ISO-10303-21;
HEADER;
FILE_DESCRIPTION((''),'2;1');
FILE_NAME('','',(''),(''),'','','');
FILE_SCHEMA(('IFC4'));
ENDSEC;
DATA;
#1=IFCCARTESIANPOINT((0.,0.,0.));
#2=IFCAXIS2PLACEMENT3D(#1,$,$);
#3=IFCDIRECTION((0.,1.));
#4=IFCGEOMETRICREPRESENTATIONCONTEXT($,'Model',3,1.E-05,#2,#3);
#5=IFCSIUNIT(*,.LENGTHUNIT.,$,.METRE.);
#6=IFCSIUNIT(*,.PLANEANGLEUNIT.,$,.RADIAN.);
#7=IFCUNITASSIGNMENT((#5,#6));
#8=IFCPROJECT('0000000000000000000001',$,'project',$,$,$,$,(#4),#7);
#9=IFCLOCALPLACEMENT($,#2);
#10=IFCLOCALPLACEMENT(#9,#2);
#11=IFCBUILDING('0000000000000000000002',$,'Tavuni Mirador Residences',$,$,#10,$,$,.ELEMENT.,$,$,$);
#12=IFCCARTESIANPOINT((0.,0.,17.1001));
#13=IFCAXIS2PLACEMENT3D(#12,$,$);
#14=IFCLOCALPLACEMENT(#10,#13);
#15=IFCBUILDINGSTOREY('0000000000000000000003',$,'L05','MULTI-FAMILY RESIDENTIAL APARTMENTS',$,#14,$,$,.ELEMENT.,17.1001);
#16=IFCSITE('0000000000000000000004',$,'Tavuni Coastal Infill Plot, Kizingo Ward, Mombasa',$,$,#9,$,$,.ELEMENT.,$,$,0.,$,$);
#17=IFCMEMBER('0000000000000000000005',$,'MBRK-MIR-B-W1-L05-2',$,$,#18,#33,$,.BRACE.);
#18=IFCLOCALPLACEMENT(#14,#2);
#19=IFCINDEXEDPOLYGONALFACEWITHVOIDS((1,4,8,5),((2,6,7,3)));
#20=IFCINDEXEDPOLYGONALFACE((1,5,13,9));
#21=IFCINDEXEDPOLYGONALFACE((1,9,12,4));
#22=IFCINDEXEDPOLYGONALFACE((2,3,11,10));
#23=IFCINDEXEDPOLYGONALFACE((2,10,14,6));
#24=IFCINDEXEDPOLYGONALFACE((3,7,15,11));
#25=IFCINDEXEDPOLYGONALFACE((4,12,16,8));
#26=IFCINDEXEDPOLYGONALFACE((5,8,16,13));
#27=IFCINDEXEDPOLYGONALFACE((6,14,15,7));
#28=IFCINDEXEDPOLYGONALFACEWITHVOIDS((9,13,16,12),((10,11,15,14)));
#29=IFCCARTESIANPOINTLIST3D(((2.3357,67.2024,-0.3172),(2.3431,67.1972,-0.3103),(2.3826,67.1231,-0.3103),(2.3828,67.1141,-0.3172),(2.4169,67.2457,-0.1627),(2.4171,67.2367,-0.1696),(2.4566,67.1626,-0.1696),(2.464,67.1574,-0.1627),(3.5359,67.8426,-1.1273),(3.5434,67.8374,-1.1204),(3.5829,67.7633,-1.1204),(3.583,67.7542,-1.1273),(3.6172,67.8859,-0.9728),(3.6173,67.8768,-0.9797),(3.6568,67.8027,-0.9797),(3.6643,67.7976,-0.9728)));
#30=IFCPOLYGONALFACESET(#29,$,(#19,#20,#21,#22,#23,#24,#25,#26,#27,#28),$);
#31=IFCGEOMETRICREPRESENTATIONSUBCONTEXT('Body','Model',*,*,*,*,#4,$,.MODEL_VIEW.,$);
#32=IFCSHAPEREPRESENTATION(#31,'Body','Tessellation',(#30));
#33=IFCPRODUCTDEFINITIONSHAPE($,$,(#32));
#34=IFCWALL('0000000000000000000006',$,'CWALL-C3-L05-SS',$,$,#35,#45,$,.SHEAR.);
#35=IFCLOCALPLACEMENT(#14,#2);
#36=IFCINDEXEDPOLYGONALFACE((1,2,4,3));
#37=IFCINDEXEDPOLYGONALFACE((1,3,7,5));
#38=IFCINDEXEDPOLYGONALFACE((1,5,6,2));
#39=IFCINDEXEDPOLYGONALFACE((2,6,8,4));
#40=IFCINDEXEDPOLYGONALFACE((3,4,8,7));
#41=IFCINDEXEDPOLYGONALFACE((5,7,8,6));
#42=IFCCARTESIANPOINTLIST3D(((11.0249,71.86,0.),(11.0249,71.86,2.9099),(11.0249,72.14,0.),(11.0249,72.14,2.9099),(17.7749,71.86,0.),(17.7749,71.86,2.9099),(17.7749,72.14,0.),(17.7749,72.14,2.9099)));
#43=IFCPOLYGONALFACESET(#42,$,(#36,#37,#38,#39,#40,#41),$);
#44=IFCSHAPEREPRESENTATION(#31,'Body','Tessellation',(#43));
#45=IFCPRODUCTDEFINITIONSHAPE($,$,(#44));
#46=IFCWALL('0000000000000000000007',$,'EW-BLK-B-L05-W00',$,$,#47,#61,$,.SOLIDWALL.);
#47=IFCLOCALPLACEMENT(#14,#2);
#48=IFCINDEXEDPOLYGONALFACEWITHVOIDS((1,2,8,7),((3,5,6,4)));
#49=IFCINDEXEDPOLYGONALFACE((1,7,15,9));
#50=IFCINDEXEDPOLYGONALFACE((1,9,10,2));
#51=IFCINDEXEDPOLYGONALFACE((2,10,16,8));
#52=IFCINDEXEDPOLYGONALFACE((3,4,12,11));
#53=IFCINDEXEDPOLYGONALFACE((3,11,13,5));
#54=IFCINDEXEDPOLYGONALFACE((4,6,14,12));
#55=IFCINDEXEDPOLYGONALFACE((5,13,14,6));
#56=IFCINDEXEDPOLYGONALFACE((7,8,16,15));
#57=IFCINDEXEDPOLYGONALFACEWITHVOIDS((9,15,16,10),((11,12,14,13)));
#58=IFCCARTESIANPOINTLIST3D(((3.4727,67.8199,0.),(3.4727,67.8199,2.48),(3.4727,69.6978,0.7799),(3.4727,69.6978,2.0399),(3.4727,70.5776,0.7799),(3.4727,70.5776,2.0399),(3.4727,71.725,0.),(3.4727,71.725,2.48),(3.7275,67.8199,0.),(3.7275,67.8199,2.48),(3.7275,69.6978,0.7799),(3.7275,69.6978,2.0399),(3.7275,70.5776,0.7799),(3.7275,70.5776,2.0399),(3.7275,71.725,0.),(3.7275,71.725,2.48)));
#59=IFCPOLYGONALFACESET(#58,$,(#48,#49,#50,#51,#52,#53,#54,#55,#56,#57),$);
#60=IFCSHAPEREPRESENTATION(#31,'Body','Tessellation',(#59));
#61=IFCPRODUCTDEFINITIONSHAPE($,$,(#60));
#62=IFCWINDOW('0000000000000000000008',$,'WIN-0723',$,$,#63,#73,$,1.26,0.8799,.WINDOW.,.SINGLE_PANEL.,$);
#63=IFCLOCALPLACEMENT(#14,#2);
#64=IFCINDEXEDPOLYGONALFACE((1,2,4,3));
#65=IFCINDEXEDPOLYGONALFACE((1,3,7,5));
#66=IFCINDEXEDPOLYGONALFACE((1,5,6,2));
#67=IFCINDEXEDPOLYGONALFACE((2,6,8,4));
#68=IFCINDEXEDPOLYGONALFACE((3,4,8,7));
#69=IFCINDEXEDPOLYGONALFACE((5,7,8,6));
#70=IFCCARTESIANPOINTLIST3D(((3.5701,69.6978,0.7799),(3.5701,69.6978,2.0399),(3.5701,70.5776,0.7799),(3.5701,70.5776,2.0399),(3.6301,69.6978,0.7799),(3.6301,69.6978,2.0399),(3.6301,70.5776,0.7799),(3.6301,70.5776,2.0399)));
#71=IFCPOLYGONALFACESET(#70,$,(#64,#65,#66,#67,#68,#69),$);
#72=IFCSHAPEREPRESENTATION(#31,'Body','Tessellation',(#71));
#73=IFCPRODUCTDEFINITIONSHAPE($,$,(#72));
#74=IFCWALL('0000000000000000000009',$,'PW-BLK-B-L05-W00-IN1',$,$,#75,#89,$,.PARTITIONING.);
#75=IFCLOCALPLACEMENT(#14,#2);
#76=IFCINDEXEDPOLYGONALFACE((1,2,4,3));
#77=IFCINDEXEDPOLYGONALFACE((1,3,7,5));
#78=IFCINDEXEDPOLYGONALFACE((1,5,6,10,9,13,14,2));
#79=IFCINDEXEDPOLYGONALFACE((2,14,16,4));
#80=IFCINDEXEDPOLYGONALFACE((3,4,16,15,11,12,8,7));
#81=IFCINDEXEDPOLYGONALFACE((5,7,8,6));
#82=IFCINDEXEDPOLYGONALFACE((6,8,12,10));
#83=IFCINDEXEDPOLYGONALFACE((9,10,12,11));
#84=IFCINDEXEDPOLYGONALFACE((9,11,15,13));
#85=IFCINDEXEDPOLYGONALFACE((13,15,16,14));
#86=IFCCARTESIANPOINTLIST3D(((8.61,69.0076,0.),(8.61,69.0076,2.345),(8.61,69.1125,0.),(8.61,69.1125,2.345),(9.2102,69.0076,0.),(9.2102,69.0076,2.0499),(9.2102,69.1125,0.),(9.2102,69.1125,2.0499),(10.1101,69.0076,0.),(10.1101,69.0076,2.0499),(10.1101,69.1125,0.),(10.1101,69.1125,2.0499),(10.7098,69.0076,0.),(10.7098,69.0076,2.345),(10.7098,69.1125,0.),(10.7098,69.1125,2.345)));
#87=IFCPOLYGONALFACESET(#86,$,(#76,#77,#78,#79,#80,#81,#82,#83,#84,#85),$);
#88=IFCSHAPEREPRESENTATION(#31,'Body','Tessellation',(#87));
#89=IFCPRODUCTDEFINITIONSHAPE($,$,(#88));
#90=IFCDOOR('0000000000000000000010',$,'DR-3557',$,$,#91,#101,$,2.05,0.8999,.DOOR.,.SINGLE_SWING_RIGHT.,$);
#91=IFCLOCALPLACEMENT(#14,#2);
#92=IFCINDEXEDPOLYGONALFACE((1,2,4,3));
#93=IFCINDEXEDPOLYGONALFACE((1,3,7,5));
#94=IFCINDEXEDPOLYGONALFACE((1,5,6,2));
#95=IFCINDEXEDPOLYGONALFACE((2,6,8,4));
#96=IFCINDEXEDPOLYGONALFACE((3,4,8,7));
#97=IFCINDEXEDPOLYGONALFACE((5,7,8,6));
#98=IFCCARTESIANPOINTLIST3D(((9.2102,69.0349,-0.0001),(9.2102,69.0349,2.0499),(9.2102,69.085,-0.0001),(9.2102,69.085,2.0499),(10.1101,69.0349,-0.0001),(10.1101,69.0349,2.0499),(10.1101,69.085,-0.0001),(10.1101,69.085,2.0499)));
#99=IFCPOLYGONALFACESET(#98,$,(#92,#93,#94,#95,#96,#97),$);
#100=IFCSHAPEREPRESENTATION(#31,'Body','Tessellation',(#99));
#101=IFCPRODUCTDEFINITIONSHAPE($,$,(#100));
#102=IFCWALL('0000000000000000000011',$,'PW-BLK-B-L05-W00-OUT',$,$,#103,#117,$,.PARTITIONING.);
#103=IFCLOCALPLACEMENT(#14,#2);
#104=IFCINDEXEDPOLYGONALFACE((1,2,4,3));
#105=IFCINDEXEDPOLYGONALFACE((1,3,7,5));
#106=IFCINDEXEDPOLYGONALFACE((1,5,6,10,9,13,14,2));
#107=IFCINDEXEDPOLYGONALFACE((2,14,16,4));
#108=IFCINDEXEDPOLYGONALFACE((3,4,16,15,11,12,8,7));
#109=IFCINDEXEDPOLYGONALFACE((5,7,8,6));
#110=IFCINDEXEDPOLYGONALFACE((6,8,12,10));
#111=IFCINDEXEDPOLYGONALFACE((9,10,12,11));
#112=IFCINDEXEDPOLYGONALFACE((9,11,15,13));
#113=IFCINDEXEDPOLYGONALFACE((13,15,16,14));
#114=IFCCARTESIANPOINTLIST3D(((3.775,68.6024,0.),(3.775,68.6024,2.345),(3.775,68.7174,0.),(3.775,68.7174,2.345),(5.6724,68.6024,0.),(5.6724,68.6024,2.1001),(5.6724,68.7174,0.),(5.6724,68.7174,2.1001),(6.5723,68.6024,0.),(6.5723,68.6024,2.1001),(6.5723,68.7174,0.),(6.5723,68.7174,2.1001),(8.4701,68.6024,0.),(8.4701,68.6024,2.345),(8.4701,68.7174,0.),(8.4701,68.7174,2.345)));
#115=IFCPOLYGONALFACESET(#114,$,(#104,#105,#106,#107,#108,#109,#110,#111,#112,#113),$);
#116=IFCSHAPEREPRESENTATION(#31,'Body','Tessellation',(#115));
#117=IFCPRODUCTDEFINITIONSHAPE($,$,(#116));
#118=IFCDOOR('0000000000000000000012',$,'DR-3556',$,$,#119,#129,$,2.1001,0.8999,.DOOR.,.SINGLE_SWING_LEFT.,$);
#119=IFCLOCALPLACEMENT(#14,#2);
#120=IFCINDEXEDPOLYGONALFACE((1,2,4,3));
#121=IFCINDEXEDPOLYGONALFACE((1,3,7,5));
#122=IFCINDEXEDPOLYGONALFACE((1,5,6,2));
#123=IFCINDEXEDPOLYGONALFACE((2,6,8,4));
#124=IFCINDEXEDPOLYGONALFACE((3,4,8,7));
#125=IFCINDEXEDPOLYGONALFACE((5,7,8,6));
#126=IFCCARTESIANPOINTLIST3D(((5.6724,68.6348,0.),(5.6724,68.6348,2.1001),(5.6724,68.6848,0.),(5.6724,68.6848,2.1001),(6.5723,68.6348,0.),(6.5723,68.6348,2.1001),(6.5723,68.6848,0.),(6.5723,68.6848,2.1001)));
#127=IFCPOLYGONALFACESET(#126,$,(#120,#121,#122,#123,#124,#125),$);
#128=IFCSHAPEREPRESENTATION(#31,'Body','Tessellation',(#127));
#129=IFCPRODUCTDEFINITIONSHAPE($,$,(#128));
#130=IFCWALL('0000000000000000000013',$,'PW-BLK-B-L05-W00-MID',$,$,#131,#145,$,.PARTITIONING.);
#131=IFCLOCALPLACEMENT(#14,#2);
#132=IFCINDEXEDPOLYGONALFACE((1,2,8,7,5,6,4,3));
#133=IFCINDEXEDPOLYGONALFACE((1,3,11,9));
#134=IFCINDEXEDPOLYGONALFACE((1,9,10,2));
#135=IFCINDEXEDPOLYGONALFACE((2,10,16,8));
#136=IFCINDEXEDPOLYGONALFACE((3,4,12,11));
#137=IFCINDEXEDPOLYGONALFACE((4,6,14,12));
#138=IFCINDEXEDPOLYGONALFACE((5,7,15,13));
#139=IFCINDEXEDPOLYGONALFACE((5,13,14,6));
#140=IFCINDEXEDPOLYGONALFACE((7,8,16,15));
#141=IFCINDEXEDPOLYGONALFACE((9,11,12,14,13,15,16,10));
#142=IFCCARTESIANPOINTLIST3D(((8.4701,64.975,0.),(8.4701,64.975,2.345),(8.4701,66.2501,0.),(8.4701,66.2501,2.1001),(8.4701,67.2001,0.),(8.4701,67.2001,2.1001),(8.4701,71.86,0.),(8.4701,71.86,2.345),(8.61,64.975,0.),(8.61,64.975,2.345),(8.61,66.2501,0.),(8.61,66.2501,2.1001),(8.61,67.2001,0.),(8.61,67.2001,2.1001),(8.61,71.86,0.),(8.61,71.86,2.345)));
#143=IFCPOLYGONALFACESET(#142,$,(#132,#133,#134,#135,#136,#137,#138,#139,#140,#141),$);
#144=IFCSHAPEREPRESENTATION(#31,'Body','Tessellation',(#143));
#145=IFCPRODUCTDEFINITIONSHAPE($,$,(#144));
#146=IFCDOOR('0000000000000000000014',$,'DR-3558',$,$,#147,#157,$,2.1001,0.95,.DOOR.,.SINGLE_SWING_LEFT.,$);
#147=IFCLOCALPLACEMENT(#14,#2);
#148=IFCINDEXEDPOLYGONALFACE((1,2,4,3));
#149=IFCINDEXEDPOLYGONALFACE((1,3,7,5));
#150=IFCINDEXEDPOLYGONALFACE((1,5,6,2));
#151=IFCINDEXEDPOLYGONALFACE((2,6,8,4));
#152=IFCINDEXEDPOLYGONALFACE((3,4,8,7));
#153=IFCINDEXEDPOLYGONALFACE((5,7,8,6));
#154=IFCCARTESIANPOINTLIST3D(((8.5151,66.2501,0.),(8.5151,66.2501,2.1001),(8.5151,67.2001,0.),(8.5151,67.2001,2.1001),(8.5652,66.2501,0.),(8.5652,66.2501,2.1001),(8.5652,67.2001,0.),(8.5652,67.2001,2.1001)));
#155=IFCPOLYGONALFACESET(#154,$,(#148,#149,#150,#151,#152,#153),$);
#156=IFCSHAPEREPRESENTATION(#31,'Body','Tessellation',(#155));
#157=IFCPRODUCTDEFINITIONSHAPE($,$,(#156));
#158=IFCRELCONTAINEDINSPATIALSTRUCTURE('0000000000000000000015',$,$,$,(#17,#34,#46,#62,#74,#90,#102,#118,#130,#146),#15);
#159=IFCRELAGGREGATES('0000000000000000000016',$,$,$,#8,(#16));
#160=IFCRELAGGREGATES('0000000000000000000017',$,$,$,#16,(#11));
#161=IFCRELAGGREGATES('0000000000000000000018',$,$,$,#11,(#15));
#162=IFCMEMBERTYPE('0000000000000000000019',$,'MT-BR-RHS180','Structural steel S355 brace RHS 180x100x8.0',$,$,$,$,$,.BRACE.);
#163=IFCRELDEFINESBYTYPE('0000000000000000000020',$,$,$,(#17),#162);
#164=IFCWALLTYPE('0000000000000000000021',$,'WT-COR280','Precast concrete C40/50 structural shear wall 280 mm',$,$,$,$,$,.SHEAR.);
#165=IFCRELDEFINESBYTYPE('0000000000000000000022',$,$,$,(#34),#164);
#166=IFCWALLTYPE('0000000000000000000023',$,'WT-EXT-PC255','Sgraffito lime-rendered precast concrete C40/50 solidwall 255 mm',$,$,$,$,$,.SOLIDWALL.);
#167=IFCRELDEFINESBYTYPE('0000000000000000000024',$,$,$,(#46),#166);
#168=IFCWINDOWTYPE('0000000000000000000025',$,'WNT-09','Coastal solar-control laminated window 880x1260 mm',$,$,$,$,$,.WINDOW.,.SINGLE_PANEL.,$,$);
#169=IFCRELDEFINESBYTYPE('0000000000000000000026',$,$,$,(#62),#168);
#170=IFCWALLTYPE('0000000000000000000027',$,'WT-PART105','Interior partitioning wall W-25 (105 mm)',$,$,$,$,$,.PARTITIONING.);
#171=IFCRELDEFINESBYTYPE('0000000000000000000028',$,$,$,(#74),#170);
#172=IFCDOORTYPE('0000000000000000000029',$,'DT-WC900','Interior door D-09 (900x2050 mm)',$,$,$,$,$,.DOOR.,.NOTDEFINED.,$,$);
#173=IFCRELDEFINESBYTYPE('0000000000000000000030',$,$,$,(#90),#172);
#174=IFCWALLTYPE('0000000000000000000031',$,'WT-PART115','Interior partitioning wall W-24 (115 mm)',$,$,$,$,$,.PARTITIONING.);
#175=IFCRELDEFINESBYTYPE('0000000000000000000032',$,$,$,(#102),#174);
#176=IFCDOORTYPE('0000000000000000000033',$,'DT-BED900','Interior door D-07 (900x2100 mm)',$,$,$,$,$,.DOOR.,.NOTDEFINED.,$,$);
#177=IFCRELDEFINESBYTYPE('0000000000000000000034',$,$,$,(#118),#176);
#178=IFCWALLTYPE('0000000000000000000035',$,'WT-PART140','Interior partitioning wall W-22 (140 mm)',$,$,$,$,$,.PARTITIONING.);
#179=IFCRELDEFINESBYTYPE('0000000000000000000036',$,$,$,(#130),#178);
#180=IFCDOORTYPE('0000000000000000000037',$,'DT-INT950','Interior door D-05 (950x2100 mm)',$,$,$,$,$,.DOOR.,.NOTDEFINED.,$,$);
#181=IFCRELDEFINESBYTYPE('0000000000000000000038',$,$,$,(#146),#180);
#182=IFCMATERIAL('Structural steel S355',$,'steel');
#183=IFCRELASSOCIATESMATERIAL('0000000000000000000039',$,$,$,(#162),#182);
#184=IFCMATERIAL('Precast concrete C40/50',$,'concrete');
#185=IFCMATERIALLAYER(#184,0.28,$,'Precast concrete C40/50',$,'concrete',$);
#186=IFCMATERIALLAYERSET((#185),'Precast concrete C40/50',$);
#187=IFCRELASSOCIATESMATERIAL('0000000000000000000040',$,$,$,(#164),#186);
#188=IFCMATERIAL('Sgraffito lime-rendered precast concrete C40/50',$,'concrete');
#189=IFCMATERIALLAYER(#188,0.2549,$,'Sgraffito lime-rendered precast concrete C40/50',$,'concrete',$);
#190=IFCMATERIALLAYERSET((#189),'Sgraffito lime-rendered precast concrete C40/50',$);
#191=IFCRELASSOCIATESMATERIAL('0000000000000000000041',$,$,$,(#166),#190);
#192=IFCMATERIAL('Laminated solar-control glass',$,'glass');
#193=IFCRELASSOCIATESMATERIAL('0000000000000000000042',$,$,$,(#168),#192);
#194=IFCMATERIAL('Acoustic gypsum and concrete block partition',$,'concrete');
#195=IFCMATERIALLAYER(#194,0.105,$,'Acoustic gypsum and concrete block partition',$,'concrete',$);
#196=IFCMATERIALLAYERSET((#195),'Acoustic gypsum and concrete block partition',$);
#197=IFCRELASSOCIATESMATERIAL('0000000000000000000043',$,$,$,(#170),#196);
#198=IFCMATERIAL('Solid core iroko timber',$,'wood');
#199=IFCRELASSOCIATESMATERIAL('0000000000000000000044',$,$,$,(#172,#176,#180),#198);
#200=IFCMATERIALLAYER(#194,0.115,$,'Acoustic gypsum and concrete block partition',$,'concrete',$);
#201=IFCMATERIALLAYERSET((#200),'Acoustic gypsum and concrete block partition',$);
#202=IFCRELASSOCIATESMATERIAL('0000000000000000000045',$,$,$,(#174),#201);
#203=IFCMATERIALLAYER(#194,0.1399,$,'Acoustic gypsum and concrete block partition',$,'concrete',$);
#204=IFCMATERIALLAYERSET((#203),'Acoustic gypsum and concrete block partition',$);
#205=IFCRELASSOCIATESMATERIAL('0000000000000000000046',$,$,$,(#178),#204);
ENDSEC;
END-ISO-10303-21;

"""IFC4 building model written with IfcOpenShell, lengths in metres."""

from ifc_helpers import new_model, si_unit, direction, frame, frame_2d, origin, origin_2d, place, context, subcontext, project, spatial, rectangle, hollow_rectangle, extrude, material, layer, layer_set, material_profile, profile_set, type_object, element, fill, save


model = new_model("IFC4")

# Units and contexts
model_context = context("Model", 3, precision=1e-05, world=origin(), true_north=direction((0.0, 1.0)))
body_context = subcontext(model_context, "Body", "Model", "MODEL_VIEW")
ifc_project = project(units=[si_unit("LENGTHUNIT", "METRE"), si_unit("PLANEANGLEUNIT", "RADIAN")], contexts=[model_context])

# Site, building, storey
site_placement = place(None, origin())
site = spatial("IfcSite", under=ifc_project, at=site_placement, Name="Tavuni Coastal Infill Plot, Kizingo Ward, Mombasa", CompositionType="ELEMENT", RefElevation=0.0)
building_placement = place(site_placement, origin())
building = spatial("IfcBuilding", under=site, at=building_placement, Name="Tavuni Mirador Residences", CompositionType="ELEMENT")
storey_placement = place(building_placement, frame((0.0, 0.0, 17.1001)))
storey = spatial("IfcBuildingStorey", under=building, at=storey_placement, Name="L05", Description="MULTI-FAMILY RESIDENTIAL APARTMENTS", CompositionType="ELEMENT", Elevation=17.1001)

# Shared definitions
ifc_material_1 = material(Name="Precast concrete C40/50", Category="concrete")

# Member
ifc_material_2 = material(Name="Structural steel S355", Category="steel")
ifc_material_profile_1 = material_profile(ifc_material_2, hollow_rectangle(XDim=0.1001, YDim=0.1799, WallThickness=0.0081, at=origin_2d()), Name="RHS 180x100x8.0", Category="steel")
ifc_profile_set_1 = profile_set([ifc_material_profile_1], Name="Structural steel S355")
member_type_1 = type_object("IfcMemberType", Name="MT-BR-RHS180", Description="Structural steel S355 brace RHS 180x100x8.0", PredefinedType="BRACE", material=ifc_profile_set_1)
member_1_placement = place(storey_placement, frame((3.6001, 67.8201, -1.05), z_axis=(-0.758095, -0.404338, 0.511668), x_axis=(0.470607, -0.882343, 0.0)))
element("IfcMember", 1, at=member_1_placement, inside=storey, type_object=member_type_1, Name="MBRK-MIR-B-W1-L05-2", PredefinedType="BRACE", context=body_context, shape_type="SweptSolid", body=[
    extrude(hollow_rectangle(XDim=0.1001, YDim=0.1799, WallThickness=0.0081, at=origin_2d()), origin(), (0.0, 0.0, 1.0), 1.5833),
])

# Wall
ifc_layer_1 = layer(ifc_material_1, 0.28, Name="Precast concrete C40/50", Category="concrete")
ifc_layer_set_1 = layer_set([ifc_layer_1], Name="Precast concrete C40/50")
wall_type_1 = type_object("IfcWallType", Name="WT-COR280", Description="Precast concrete C40/50 structural shear wall 280 mm", PredefinedType="SHEAR", material=ifc_layer_set_1)
wall_1_placement = place(storey_placement, frame((11.0249, 72.0, 0.0), z_axis=(0.0, 0.0, 1.0), x_axis=(1.0, 0.0, 0.0)))
element("IfcWall", 2, at=wall_1_placement, inside=storey, type_object=wall_type_1, Name="CWALL-C3-L05-SS", PredefinedType="SHEAR", context=body_context, shape_type="SweptSolid", body=[
    extrude(rectangle(XDim=6.75, YDim=0.28, at=frame_2d((3.375, 0.0))), origin(), (0.0, 0.0, 1.0), 2.9099),
])

# Shared definitions
ifc_material_3 = material(Name="Solid core iroko timber", Category="wood")

# Wall, opening, window
ifc_material_4 = material(Name="Sgraffito lime-rendered precast concrete C40/50", Category="concrete")
ifc_layer_2 = layer(ifc_material_4, 0.2549, Name="Sgraffito lime-rendered precast concrete C40/50", Category="concrete")
ifc_layer_set_2 = layer_set([ifc_layer_2], Name="Sgraffito lime-rendered precast concrete C40/50")
wall_type_2 = type_object("IfcWallType", Name="WT-EXT-PC255", Description="Sgraffito lime-rendered precast concrete C40/50 solidwall 255 mm", PredefinedType="SOLIDWALL", material=ifc_layer_set_2)
wall_2_placement = place(storey_placement, frame((3.6001, 71.7251, 0.0), z_axis=(0.0, 0.0, 1.0), x_axis=(0.0, -1.0, 0.0)))
wall_2 = element("IfcWall", 3, at=wall_2_placement, inside=storey, type_object=wall_type_2, Name="EW-BLK-B-L05-W00", PredefinedType="SOLIDWALL", context=body_context, shape_type="SweptSolid", body=[
    extrude(rectangle(XDim=3.905, YDim=0.2549, at=frame_2d((1.9526, 0.0))), origin(), (0.0, 0.0, 1.0), 2.48),
])
opening_1_placement = place(wall_2_placement, frame((1.1475, 0.0, 0.78)))
opening_1 = element("IfcOpeningElement", 4, at=opening_1_placement, cuts=wall_2, PredefinedType="OPENING", context=body_context, shape_type="SweptSolid", body=[
    extrude(rectangle(XDim=0.8799, YDim=1.26, at=frame_2d((0.4399, 0.6299))), frame((0.0, 0.1375, 0.0), z_axis=(0.0, -1.0, 0.0), x_axis=(1.0, 0.0, 0.0)), (0.0, 0.0, 1.0), 0.2749),
])
ifc_material_5 = material(Name="Laminated solar-control glass", Category="glass")
window_type = type_object("IfcWindowType", Name="WNT-09", Description="Coastal solar-control laminated window 880x1260 mm", PartitioningType="SINGLE_PANEL", PredefinedType="WINDOW", material=ifc_material_5)
window_placement = place(opening_1_placement, origin())
window = element("IfcWindow", 5, at=window_placement, inside=storey, type_object=window_type, Name="WIN-0723", OverallHeight=1.26, OverallWidth=0.8799, PartitioningType="SINGLE_PANEL", PredefinedType="WINDOW", context=body_context, shape_type="SweptSolid", body=[
    extrude(rectangle(XDim=0.8799, YDim=1.26, at=frame_2d((0.4399, 0.6299))), frame((0.0, 0.03, 0.0), z_axis=(0.0, -1.0, 0.0), x_axis=(1.0, 0.0, 0.0)), (0.0, 0.0, 1.0), 0.0601),
])
fill(opening_1, window)

# Walls, openings, doors
ifc_material_6 = material(Name="Acoustic gypsum and concrete block partition", Category="concrete")
ifc_layer_3 = layer(ifc_material_6, 0.105, Name="Acoustic gypsum and concrete block partition", Category="concrete")
ifc_layer_set_3 = layer_set([ifc_layer_3], Name="Acoustic gypsum and concrete block partition")
wall_type_3 = type_object("IfcWallType", Name="WT-PART105", Description="Interior partitioning wall W-25 (105 mm)", PredefinedType="PARTITIONING", material=ifc_layer_set_3)
wall_3_placement = place(storey_placement, frame((8.6101, 69.0601, 0.0), z_axis=(0.0, 0.0, 1.0), x_axis=(1.0, 0.0, 0.0)))
wall_3 = element("IfcWall", 6, at=wall_3_placement, inside=storey, type_object=wall_type_3, Name="PW-BLK-B-L05-W00-IN1", PredefinedType="PARTITIONING", context=body_context, shape_type="SweptSolid", body=[
    extrude(rectangle(XDim=2.0999, YDim=0.105, at=frame_2d((1.0498, 0.0))), origin(), (0.0, 0.0, 1.0), 2.345),
])
opening_2_placement = place(wall_3_placement, frame((0.6001, 0.0, 0.0)))
opening_2 = element("IfcOpeningElement", 7, at=opening_2_placement, cuts=wall_3, PredefinedType="OPENING", context=body_context, shape_type="SweptSolid", body=[
    extrude(rectangle(XDim=0.8999, YDim=2.05, at=frame_2d((0.45, 1.0249))), frame((0.0, 0.0625, 0.0), z_axis=(0.0, -1.0, 0.0), x_axis=(1.0, 0.0, 0.0)), (0.0, 0.0, 1.0), 0.125),
])
door_type_1 = type_object("IfcDoorType", Name="DT-WC900", Description="Interior door D-09 (900x2050 mm)", OperationType="NOTDEFINED", PredefinedType="DOOR", material=ifc_material_3)
door_1_placement = place(opening_2_placement, origin())
door_1 = element("IfcDoor", 8, at=door_1_placement, inside=storey, type_object=door_type_1, Name="DR-3557", OperationType="SINGLE_SWING_RIGHT", OverallHeight=2.05, OverallWidth=0.8999, PredefinedType="DOOR", context=body_context, shape_type="SweptSolid", body=[
    extrude(rectangle(XDim=0.8999, YDim=2.05, at=frame_2d((0.45, 1.0249))), frame((0.0, 0.0249, 0.0), z_axis=(0.0, -1.0, 0.0), x_axis=(1.0, 0.0, 0.0)), (0.0, 0.0, 1.0), 0.05),
])
fill(opening_2, door_1)
ifc_layer_4 = layer(ifc_material_6, 0.115, Name="Acoustic gypsum and concrete block partition", Category="concrete")
ifc_layer_set_4 = layer_set([ifc_layer_4], Name="Acoustic gypsum and concrete block partition")
wall_type_4 = type_object("IfcWallType", Name="WT-PART115", Description="Interior partitioning wall W-24 (115 mm)", PredefinedType="PARTITIONING", material=ifc_layer_set_4)
wall_4_placement = place(storey_placement, frame((3.7749, 68.6599, 0.0), z_axis=(0.0, 0.0, 1.0), x_axis=(1.0, 0.0, 0.0)))
wall_4 = element("IfcWall", 9, at=wall_4_placement, inside=storey, type_object=wall_type_4, Name="PW-BLK-B-L05-W00-OUT", PredefinedType="PARTITIONING", context=body_context, shape_type="SweptSolid", body=[
    extrude(rectangle(XDim=4.6951, YDim=0.115, at=frame_2d((2.3477, 0.0))), origin(), (0.0, 0.0, 1.0), 2.345),
])
opening_3_placement = place(wall_4_placement, frame((1.8975, 0.0, 0.0)))
opening_3 = element("IfcOpeningElement", 10, at=opening_3_placement, cuts=wall_4, PredefinedType="OPENING", context=body_context, shape_type="SweptSolid", body=[
    extrude(rectangle(XDim=0.8999, YDim=2.1001, at=frame_2d((0.45, 1.05))), frame((0.0, 0.0674, 0.0), z_axis=(0.0, -1.0, 0.0), x_axis=(1.0, 0.0, 0.0)), (0.0, 0.0, 1.0), 0.135),
])
door_type_2 = type_object("IfcDoorType", Name="DT-BED900", Description="Interior door D-07 (900x2100 mm)", OperationType="NOTDEFINED", PredefinedType="DOOR", material=ifc_material_3)
door_2_placement = place(opening_3_placement, origin())
door_2 = element("IfcDoor", 11, at=door_2_placement, inside=storey, type_object=door_type_2, Name="DR-3556", OperationType="SINGLE_SWING_LEFT", OverallHeight=2.1001, OverallWidth=0.8999, PredefinedType="DOOR", context=body_context, shape_type="SweptSolid", body=[
    extrude(rectangle(XDim=0.8999, YDim=2.1001, at=frame_2d((0.45, 1.05))), frame((0.0, 0.0249, 0.0), z_axis=(0.0, -1.0, 0.0), x_axis=(1.0, 0.0, 0.0)), (0.0, 0.0, 1.0), 0.05),
])
fill(opening_3, door_2)
ifc_layer_5 = layer(ifc_material_6, 0.1399, Name="Acoustic gypsum and concrete block partition", Category="concrete")
ifc_layer_set_5 = layer_set([ifc_layer_5], Name="Acoustic gypsum and concrete block partition")
wall_type_5 = type_object("IfcWallType", Name="WT-PART140", Description="Interior partitioning wall W-22 (140 mm)", PredefinedType="PARTITIONING", material=ifc_layer_set_5)
wall_5_placement = place(storey_placement, frame((8.54, 64.9751, 0.0), z_axis=(0.0, 0.0, 1.0), x_axis=(0.0, 1.0, 0.0)))
wall_5 = element("IfcWall", 12, at=wall_5_placement, inside=storey, type_object=wall_type_5, Name="PW-BLK-B-L05-W00-MID", PredefinedType="PARTITIONING", context=body_context, shape_type="SweptSolid", body=[
    extrude(rectangle(XDim=6.885, YDim=0.1399, at=frame_2d((3.4424, 0.0))), origin(), (0.0, 0.0, 1.0), 2.345),
])
opening_4_placement = place(wall_5_placement, frame((1.2749, 0.0, 0.0)))
opening_4 = element("IfcOpeningElement", 13, at=opening_4_placement, cuts=wall_5, PredefinedType="OPENING", context=body_context, shape_type="SweptSolid", body=[
    extrude(rectangle(XDim=0.95, YDim=2.1001, at=frame_2d((0.4751, 1.05))), frame((0.0, 0.0801, 0.0), z_axis=(0.0, -1.0, 0.0), x_axis=(1.0, 0.0, 0.0)), (0.0, 0.0, 1.0), 0.1599),
])
door_type_3 = type_object("IfcDoorType", Name="DT-INT950", Description="Interior door D-05 (950x2100 mm)", OperationType="NOTDEFINED", PredefinedType="DOOR", material=ifc_material_3)
door_3_placement = place(opening_4_placement, origin())
door_3 = element("IfcDoor", 14, at=door_3_placement, inside=storey, type_object=door_type_3, Name="DR-3558", OperationType="SINGLE_SWING_LEFT", OverallHeight=2.1001, OverallWidth=0.95, PredefinedType="DOOR", context=body_context, shape_type="SweptSolid", body=[
    extrude(rectangle(XDim=0.95, YDim=2.1001, at=frame_2d((0.4751, 1.05))), frame((0.0, 0.0249, 0.0), z_axis=(0.0, -1.0, 0.0), x_axis=(1.0, 0.0, 0.0)), (0.0, 0.0, 1.0), 0.05),
])
fill(opening_4, door_3)

save(model, "model.ifc")
